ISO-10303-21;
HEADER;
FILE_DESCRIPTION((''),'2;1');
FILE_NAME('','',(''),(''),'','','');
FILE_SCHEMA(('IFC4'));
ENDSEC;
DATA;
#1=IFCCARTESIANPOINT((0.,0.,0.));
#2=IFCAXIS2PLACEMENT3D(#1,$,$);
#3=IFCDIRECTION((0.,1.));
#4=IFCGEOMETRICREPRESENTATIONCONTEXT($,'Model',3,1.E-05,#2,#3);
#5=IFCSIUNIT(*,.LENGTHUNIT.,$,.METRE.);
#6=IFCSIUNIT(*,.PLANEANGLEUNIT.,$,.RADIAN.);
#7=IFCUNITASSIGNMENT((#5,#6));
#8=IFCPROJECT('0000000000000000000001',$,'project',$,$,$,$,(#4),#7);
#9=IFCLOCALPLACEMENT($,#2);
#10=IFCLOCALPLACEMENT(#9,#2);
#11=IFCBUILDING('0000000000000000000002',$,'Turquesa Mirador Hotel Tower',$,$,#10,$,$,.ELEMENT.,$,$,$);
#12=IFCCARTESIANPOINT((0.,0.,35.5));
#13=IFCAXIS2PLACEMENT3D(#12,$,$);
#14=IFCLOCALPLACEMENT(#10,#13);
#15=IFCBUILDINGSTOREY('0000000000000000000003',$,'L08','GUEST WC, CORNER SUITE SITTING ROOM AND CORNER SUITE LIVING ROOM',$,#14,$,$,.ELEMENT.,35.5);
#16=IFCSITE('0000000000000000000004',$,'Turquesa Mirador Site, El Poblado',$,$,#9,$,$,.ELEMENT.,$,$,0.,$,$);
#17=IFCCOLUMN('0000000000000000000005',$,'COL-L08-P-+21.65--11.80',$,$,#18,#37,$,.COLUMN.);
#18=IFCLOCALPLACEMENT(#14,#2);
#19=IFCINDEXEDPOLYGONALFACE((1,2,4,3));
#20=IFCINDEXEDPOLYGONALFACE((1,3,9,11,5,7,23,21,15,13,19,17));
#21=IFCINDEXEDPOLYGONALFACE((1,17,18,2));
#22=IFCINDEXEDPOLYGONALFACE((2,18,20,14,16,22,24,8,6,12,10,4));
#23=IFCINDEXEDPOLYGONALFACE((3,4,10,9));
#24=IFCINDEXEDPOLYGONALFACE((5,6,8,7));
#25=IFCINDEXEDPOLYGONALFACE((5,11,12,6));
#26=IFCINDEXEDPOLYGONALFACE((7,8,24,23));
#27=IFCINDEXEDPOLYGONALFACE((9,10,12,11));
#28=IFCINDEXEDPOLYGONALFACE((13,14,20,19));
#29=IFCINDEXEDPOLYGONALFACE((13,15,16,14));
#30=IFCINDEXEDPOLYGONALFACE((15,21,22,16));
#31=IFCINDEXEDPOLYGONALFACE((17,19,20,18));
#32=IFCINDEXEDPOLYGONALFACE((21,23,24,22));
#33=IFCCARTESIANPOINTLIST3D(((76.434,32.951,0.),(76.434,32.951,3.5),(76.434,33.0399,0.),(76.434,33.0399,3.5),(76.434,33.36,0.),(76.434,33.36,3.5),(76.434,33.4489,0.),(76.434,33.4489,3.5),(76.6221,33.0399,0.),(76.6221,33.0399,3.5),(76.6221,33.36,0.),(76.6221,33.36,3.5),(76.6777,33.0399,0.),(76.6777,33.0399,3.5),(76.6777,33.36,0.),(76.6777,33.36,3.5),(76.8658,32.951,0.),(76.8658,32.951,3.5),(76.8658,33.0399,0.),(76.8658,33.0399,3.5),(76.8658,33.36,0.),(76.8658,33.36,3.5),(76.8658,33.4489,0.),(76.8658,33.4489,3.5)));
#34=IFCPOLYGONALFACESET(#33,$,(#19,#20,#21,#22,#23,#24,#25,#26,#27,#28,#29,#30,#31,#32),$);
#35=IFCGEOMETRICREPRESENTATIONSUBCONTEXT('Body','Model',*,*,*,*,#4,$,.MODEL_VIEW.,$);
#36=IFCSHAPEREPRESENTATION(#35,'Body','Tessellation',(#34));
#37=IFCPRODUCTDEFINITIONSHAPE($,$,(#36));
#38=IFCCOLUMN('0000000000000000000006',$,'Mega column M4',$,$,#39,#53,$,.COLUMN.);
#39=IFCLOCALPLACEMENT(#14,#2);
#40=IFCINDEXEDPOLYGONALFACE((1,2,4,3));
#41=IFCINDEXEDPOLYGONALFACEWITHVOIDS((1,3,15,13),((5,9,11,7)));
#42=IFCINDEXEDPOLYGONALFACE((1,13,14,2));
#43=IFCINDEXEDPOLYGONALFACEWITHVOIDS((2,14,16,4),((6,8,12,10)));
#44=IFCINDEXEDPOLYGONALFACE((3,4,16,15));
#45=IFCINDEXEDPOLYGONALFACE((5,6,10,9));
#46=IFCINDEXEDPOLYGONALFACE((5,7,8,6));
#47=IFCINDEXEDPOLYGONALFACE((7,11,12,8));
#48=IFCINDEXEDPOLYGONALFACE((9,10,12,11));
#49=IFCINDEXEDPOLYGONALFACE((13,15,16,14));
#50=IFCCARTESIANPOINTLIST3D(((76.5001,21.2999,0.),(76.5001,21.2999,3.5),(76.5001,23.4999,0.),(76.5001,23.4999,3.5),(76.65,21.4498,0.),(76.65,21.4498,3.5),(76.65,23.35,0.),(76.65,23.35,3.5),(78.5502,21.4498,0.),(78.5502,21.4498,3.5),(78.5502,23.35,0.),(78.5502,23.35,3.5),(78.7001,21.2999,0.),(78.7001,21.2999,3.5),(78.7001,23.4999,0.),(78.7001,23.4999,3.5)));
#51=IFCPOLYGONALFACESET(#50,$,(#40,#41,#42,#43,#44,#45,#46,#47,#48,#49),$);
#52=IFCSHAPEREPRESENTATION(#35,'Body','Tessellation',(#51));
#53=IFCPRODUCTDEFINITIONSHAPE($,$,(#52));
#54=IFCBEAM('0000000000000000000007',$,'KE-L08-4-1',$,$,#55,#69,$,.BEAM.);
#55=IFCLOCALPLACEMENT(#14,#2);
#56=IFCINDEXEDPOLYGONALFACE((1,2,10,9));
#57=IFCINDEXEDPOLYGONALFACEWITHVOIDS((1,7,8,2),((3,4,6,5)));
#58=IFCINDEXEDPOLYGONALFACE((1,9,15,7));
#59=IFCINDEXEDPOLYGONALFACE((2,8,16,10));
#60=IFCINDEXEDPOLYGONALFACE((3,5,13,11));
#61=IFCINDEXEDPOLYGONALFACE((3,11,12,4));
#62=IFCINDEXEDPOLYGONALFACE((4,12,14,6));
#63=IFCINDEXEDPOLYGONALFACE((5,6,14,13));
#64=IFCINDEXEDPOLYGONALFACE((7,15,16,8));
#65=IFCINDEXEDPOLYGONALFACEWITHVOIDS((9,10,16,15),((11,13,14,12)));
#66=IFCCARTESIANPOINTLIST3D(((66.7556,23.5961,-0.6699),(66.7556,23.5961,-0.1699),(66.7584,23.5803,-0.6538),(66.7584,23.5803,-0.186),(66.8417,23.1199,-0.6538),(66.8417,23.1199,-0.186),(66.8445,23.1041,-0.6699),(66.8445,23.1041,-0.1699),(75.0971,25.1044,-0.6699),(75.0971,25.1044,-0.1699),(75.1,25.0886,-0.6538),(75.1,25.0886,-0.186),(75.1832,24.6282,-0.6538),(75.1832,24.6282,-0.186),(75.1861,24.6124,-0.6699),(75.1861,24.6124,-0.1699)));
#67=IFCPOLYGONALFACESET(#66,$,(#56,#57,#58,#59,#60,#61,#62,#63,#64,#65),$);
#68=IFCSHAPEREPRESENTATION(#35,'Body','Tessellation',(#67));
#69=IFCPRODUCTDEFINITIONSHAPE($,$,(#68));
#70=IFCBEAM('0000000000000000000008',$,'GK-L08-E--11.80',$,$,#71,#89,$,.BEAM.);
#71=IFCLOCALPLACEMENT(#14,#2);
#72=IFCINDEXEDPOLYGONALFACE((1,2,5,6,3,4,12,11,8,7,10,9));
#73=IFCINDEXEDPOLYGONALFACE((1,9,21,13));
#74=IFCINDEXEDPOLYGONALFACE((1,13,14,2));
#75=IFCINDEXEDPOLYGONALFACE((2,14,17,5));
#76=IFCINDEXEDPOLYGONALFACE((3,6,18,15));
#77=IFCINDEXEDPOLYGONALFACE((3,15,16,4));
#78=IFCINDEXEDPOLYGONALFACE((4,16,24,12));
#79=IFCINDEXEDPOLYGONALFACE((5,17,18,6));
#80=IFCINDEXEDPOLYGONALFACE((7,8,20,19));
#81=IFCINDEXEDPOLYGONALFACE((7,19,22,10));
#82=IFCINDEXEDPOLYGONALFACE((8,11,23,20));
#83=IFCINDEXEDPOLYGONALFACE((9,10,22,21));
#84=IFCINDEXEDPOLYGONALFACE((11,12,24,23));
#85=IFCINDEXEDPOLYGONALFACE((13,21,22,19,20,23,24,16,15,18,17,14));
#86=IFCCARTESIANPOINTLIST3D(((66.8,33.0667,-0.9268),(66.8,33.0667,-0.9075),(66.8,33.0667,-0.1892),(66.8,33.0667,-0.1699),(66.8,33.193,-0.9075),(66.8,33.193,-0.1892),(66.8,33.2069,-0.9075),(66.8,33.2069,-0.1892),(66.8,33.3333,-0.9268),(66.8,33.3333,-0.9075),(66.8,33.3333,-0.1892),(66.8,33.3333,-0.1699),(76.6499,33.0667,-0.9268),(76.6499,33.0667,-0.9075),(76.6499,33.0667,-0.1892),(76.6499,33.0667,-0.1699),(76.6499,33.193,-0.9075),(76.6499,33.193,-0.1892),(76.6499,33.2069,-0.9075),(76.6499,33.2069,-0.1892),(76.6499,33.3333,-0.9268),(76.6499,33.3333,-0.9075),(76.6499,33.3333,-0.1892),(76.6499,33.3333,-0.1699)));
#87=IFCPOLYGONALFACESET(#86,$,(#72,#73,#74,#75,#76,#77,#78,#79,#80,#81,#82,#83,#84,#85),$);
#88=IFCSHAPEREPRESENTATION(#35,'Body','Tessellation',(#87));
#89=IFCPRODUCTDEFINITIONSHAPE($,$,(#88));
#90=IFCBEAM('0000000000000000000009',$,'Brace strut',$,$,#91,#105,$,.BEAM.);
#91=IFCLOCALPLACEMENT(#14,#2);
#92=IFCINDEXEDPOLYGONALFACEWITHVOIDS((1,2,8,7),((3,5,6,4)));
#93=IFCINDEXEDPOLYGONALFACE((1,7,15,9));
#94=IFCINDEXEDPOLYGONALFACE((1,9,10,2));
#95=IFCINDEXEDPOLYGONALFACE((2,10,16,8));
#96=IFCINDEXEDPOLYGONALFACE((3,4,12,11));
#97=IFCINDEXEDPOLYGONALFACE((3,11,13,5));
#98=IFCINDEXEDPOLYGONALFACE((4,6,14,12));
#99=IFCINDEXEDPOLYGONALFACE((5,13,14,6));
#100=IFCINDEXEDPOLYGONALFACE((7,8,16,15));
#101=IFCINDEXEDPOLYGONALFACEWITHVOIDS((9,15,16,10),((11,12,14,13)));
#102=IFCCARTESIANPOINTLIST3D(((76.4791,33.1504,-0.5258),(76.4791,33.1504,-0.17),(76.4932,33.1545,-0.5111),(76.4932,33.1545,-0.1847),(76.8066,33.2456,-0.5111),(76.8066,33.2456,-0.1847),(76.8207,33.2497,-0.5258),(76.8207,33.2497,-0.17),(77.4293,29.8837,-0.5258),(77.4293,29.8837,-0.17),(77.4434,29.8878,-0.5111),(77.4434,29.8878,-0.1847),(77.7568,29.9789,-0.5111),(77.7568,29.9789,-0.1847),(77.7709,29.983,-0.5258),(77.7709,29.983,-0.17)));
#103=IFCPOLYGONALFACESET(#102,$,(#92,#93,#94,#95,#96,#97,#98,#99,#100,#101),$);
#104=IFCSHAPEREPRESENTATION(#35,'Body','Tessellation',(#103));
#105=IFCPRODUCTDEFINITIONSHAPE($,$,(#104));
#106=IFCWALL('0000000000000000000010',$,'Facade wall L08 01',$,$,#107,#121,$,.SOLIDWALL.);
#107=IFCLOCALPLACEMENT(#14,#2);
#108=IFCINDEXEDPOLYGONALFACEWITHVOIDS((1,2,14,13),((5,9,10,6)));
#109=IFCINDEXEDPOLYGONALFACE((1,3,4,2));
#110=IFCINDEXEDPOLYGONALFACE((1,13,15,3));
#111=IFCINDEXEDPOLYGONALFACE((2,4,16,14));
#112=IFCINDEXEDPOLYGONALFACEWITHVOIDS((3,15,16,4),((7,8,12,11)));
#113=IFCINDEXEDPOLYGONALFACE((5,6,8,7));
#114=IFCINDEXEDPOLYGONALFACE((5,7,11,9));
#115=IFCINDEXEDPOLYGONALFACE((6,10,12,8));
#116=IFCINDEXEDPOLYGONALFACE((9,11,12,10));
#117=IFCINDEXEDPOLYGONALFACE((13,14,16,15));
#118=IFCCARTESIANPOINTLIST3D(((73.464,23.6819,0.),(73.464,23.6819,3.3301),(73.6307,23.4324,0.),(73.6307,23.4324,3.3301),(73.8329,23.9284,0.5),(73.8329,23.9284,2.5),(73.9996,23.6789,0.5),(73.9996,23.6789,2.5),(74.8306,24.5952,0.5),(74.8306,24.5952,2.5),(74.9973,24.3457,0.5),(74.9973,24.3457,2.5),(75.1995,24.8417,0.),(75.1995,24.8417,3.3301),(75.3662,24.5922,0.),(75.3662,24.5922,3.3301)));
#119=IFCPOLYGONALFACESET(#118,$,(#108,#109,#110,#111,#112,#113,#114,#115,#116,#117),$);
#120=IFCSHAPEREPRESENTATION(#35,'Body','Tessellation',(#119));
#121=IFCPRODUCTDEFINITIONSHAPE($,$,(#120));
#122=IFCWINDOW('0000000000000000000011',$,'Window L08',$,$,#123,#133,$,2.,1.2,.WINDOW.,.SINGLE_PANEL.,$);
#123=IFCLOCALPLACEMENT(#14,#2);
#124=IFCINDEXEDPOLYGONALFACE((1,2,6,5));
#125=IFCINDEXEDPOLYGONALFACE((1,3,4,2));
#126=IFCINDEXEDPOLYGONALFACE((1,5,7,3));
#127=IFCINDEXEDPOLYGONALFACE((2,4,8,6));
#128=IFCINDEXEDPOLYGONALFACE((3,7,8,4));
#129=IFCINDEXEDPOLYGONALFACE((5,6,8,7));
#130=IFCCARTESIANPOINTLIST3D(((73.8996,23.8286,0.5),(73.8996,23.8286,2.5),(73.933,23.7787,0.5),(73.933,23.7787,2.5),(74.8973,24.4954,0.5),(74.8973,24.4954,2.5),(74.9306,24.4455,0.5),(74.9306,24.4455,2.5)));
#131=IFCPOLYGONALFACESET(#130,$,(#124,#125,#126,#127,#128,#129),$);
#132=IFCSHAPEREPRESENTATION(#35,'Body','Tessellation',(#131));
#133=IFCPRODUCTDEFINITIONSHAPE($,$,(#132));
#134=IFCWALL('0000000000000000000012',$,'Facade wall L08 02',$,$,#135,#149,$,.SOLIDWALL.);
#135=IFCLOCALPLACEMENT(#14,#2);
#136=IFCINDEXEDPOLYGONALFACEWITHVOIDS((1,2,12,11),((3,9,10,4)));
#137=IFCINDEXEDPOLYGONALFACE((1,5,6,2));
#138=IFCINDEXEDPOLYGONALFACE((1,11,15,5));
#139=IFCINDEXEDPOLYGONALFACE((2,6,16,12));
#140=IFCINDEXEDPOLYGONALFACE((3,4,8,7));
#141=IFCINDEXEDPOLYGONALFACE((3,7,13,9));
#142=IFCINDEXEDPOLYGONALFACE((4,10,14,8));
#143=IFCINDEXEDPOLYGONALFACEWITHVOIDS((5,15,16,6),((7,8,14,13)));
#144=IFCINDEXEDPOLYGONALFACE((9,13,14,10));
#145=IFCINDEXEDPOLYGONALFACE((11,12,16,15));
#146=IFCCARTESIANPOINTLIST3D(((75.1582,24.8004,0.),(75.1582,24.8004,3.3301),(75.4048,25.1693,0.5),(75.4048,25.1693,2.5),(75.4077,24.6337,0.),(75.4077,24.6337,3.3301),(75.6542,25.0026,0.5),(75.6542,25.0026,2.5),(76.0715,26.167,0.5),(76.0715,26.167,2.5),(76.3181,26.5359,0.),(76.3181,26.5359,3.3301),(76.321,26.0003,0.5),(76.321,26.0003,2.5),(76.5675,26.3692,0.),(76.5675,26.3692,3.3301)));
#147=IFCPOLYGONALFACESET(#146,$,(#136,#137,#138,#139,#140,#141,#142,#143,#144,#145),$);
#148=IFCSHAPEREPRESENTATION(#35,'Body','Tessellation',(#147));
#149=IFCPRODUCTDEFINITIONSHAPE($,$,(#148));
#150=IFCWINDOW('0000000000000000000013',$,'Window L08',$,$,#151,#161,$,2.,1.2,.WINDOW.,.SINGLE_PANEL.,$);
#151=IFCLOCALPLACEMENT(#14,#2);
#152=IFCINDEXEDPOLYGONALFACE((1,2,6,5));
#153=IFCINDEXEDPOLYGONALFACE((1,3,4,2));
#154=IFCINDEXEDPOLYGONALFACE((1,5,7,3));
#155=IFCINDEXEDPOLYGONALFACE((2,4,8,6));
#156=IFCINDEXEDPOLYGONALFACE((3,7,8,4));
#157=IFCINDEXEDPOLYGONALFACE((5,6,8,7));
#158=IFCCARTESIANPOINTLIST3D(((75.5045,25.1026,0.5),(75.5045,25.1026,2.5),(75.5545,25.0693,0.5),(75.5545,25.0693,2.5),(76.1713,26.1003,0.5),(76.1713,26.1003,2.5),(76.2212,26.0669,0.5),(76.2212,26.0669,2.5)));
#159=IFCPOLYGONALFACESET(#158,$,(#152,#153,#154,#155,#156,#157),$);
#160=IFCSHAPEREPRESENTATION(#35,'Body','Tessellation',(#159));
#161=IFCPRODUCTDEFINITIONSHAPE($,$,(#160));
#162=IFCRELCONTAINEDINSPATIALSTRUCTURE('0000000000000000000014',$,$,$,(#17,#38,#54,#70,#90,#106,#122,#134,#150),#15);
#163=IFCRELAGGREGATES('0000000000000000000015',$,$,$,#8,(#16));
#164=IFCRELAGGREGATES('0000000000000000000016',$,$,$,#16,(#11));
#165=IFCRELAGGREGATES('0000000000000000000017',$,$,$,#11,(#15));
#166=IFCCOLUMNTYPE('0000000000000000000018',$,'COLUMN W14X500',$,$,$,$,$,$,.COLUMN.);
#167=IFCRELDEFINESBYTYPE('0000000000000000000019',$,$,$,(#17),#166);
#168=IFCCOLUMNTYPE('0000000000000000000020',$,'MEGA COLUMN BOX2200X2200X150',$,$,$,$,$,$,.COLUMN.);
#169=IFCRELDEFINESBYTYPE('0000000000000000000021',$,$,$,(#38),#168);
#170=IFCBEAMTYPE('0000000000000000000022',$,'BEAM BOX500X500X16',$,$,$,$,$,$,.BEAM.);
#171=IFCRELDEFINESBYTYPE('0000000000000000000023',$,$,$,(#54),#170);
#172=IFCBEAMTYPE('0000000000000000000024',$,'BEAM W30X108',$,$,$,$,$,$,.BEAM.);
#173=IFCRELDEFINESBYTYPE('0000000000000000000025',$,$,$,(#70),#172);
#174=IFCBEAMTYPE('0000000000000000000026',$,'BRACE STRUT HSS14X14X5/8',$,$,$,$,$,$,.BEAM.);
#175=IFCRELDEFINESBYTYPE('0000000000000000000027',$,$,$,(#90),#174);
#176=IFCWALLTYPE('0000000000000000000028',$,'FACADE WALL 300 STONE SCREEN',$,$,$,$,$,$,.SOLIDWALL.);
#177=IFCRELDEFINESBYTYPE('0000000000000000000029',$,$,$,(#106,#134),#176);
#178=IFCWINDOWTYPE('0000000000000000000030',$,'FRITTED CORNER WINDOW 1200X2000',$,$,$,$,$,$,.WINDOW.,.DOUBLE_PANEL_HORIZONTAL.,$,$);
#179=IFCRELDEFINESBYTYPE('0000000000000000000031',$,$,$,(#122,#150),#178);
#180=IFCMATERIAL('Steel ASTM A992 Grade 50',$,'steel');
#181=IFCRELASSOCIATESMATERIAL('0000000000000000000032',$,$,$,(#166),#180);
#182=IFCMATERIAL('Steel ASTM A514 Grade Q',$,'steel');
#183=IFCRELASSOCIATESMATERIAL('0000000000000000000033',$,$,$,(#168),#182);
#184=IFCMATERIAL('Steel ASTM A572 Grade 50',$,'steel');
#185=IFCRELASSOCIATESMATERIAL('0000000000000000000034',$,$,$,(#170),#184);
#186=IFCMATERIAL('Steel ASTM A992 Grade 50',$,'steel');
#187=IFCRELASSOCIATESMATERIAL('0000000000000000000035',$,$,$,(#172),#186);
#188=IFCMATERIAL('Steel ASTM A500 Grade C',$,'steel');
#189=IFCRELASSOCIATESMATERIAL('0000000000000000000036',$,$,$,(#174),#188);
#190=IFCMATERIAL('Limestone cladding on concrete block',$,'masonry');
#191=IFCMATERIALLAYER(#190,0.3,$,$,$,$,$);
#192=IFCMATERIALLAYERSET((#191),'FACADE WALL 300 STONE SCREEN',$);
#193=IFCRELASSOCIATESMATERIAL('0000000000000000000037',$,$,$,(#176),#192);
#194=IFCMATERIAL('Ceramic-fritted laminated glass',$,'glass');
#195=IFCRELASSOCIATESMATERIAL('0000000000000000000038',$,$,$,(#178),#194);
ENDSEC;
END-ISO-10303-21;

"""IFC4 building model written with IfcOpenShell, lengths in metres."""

from ifc_helpers import new_model, si_unit, direction, frame, frame_2d, origin, origin_2d, place, context, subcontext, project, spatial, rectangle, hollow_rectangle, i_section, extrude, material, layer, layer_set, material_profile, profile_set, type_object, element, fill, save


model = new_model("IFC4")

# Units and contexts
model_context = context("Model", 3, precision=1e-05, world=origin(), true_north=direction((0.0, 1.0)))
body_context = subcontext(model_context, "Body", "Model", "MODEL_VIEW")
ifc_project = project(units=[si_unit("LENGTHUNIT", "METRE"), si_unit("PLANEANGLEUNIT", "RADIAN")], contexts=[model_context])

# Site, building, storey
site_placement = place(None, origin())
site = spatial("IfcSite", under=ifc_project, at=site_placement, Name="Turquesa Mirador Site, El Poblado", CompositionType="ELEMENT", RefElevation=0.0)
building_placement = place(site_placement, origin())
building = spatial("IfcBuilding", under=site, at=building_placement, Name="Turquesa Mirador Hotel Tower", CompositionType="ELEMENT")
storey_placement = place(building_placement, frame((0.0, 0.0, 35.5)))
storey = spatial("IfcBuildingStorey", under=building, at=storey_placement, Name="L08", Description="GUEST WC, CORNER SUITE SITTING ROOM AND CORNER SUITE LIVING ROOM", CompositionType="ELEMENT", Elevation=35.5)

# Columns
ifc_material_1 = material(Name="Steel ASTM A992 Grade 50", Category="steel")
ifc_material_profile_1 = material_profile(ifc_material_1, i_section(OverallWidth=0.4319, OverallDepth=0.4978, WebThickness=0.0557, FlangeThickness=0.0889, at=origin_2d()), Name="W14X500")
ifc_profile_set_1 = profile_set([ifc_material_profile_1], Name="Steel ASTM A992 Grade 50")
column_type_1 = type_object("IfcColumnType", Name="COLUMN W14X500", PredefinedType="COLUMN", material=ifc_profile_set_1)
column_1_placement = place(storey_placement, frame((76.6499, 33.2, 0.0), z_axis=(0.0, 0.0, 1.0), x_axis=(1.0, 0.0, 0.0)))
element("IfcColumn", 1, at=column_1_placement, inside=storey, type_object=column_type_1, Name="COL-L08-P-+21.65--11.80", PredefinedType="COLUMN", context=body_context, shape_type="SweptSolid", body=[
    extrude(i_section(OverallWidth=0.4319, OverallDepth=0.4978, WebThickness=0.0557, FlangeThickness=0.0889, at=origin_2d()), origin(), (0.0, 0.0, 1.0), 3.5),
])
ifc_material_2 = material(Name="Steel ASTM A514 Grade Q", Category="steel")
ifc_material_profile_2 = material_profile(ifc_material_2, hollow_rectangle(XDim=2.2, YDim=2.2, WallThickness=0.1499, at=origin_2d()), Name="BOX2200X2200X150")
ifc_profile_set_2 = profile_set([ifc_material_profile_2], Name="Steel ASTM A514 Grade Q")
column_type_2 = type_object("IfcColumnType", Name="MEGA COLUMN BOX2200X2200X150", PredefinedType="COLUMN", material=ifc_profile_set_2)
column_2_placement = place(storey_placement, frame((77.6001, 22.3999, 0.0), z_axis=(0.0, 0.0, 1.0), x_axis=(1.0, 0.0, 0.0)))
element("IfcColumn", 2, at=column_2_placement, inside=storey, type_object=column_type_2, Name="Mega column M4", PredefinedType="COLUMN", context=body_context, shape_type="SweptSolid", body=[
    extrude(hollow_rectangle(XDim=2.2, YDim=2.2, WallThickness=0.1499, at=origin_2d()), origin(), (0.0, 0.0, 1.0), 3.5),
])

# Beams
ifc_material_3 = material(Name="Steel ASTM A572 Grade 50", Category="steel")
ifc_material_profile_3 = material_profile(ifc_material_3, hollow_rectangle(XDim=0.5, YDim=0.5, WallThickness=0.0161, at=origin_2d()), Name="BOX500X500X16")
ifc_profile_set_3 = profile_set([ifc_material_profile_3], Name="Steel ASTM A572 Grade 50")
beam_type_1 = type_object("IfcBeamType", Name="BEAM BOX500X500X16", PredefinedType="BEAM", material=ifc_profile_set_3)
beam_1_placement = place(storey_placement, frame((75.1416, 24.8584, -0.4199), z_axis=(-0.984043, -0.177932, 0.0), x_axis=(0.177932, -0.984043, 0.0)))
element("IfcBeam", 3, at=beam_1_placement, inside=storey, type_object=beam_type_1, Name="KE-L08-4-1", PredefinedType="BEAM", context=body_context, shape_type="SweptSolid", body=[
    extrude(hollow_rectangle(XDim=0.5, YDim=0.5, WallThickness=0.0161, at=origin_2d()), origin(), (0.0, 0.0, 1.0), 8.4768),
])
ifc_material_4 = material(Name="Steel ASTM A992 Grade 50", Category="steel")
ifc_material_profile_4 = material_profile(ifc_material_4, i_section(OverallWidth=0.2666, OverallDepth=0.7568, WebThickness=0.0139, FlangeThickness=0.0193, at=origin_2d()), Name="W30X108")
ifc_profile_set_4 = profile_set([ifc_material_profile_4], Name="Steel ASTM A992 Grade 50")
beam_type_2 = type_object("IfcBeamType", Name="BEAM W30X108", PredefinedType="BEAM", material=ifc_profile_set_4)
beam_2_placement = place(storey_placement, frame((76.6499, 33.2, -0.5483), z_axis=(-1.0, 0.0, 0.0), x_axis=(0.0, -1.0, 0.0)))
element("IfcBeam", 4, at=beam_2_placement, inside=storey, type_object=beam_type_2, Name="GK-L08-E--11.80", PredefinedType="BEAM", context=body_context, shape_type="SweptSolid", body=[
    extrude(i_section(OverallWidth=0.2666, OverallDepth=0.7568, WebThickness=0.0139, FlangeThickness=0.0193, at=origin_2d()), origin(), (0.0, 0.0, 1.0), 9.8499),
])
ifc_material_5 = material(Name="Steel ASTM A500 Grade C", Category="steel")
ifc_material_profile_5 = material_profile(ifc_material_5, hollow_rectangle(XDim=0.3557, YDim=0.3557, WallThickness=0.0146, at=origin_2d()), Name="HSS14X14X5/8")
ifc_profile_set_5 = profile_set([ifc_material_profile_5], Name="Steel ASTM A500 Grade C")
beam_type_3 = type_object("IfcBeamType", Name="BRACE STRUT HSS14X14X5/8", PredefinedType="BEAM", material=ifc_profile_set_5)
beam_3_placement = place(storey_placement, frame((77.6001, 29.9333, -0.3479), z_axis=(-0.279305, 0.960202, 0.0), x_axis=(-0.960202, -0.279305, 0.0)))
element("IfcBeam", 5, at=beam_3_placement, inside=storey, type_object=beam_type_3, Name="Brace strut", PredefinedType="BEAM", context=body_context, shape_type="SweptSolid", body=[
    extrude(hollow_rectangle(XDim=0.3557, YDim=0.3557, WallThickness=0.0146, at=origin_2d()), origin(), (0.0, 0.0, 1.0), 3.4021),
])

# Walls, openings, windows
ifc_material_6 = material(Name="Limestone cladding on concrete block", Category="masonry")
ifc_layer = layer(ifc_material_6, 0.3)
ifc_layer_set = layer_set([ifc_layer], Name="FACADE WALL 300 STONE SCREEN")
wall_type = type_object("IfcWallType", Name="FACADE WALL 300 STONE SCREEN", PredefinedType="SOLIDWALL", material=ifc_layer_set)
wall_1_placement = place(storey_placement, frame((73.5474, 23.5571, 0.0), z_axis=(0.0, 0.0, 1.0), x_axis=(0.83142, 0.555644, 0.0)))
wall_1 = element("IfcWall", 6, at=wall_1_placement, inside=storey, type_object=wall_type, Name="Facade wall L08 01", PredefinedType="SOLIDWALL", context=body_context, shape_type="SweptSolid", body=[
    extrude(rectangle(XDim=2.0874, YDim=0.3, at=frame_2d((1.0437, 0.0))), origin(), (0.0, 0.0, 1.0), 3.3301),
])
opening_1_placement = place(wall_1_placement, frame((0.4436, 0.0, 0.5)))
opening_1 = element("IfcOpeningElement", 7, at=opening_1_placement, cuts=wall_1, PredefinedType="OPENING", context=body_context, shape_type="SweptSolid", body=[
    extrude(rectangle(XDim=1.2, YDim=2.0, at=frame_2d((0.6001, 1.0))), frame((0.0, 0.1599, 0.0), z_axis=(0.0, -1.0, 0.0), x_axis=(1.0, 0.0, 0.0)), (0.0, 0.0, 1.0), 0.3201),
])
ifc_material_7 = material(Name="Ceramic-fritted laminated glass", Category="glass")
window_type_1 = type_object("IfcWindowType", Name="FRITTED CORNER WINDOW 1200X2000", PartitioningType="DOUBLE_PANEL_HORIZONTAL", PredefinedType="WINDOW", material=ifc_material_7)
window_1_placement = place(opening_1_placement, origin())
window_1 = element("IfcWindow", 8, at=window_1_placement, inside=storey, type_object=window_type_1, Name="Window L08", OverallHeight=2.0, OverallWidth=1.2, PartitioningType="SINGLE_PANEL", PredefinedType="WINDOW", context=body_context, shape_type="SweptSolid", body=[
    extrude(rectangle(XDim=1.2, YDim=2.0, at=frame_2d((0.6001, 1.0))), frame((0.0, 0.03, 0.0), z_axis=(0.0, -1.0, 0.0), x_axis=(1.0, 0.0, 0.0)), (0.0, 0.0, 1.0), 0.0601),
])
fill(opening_1, window_1)
wall_2_placement = place(storey_placement, frame((75.283, 24.717, 0.0), z_axis=(0.0, 0.0, 1.0), x_axis=(0.555644, 0.83142, 0.0)))
wall_2 = element("IfcWall", 9, at=wall_2_placement, inside=storey, type_object=wall_type, Name="Facade wall L08 02", PredefinedType="SOLIDWALL", context=body_context, shape_type="SweptSolid", body=[
    extrude(rectangle(XDim=2.0874, YDim=0.3, at=frame_2d((1.0437, 0.0))), origin(), (0.0, 0.0, 1.0), 3.3301),
])
opening_2_placement = place(wall_2_placement, frame((0.4436, 0.0, 0.5)))
opening_2 = element("IfcOpeningElement", 10, at=opening_2_placement, cuts=wall_2, PredefinedType="OPENING", context=body_context, shape_type="SweptSolid", body=[
    extrude(rectangle(XDim=1.2, YDim=2.0, at=frame_2d((0.6001, 1.0))), frame((0.0, 0.1599, 0.0), z_axis=(0.0, -1.0, 0.0), x_axis=(1.0, 0.0, 0.0)), (0.0, 0.0, 1.0), 0.3201),
])
window_2_placement = place(opening_2_placement, origin())
window_2 = element("IfcWindow", 11, at=window_2_placement, inside=storey, type_object=window_type_1, Name="Window L08", OverallHeight=2.0, OverallWidth=1.2, PartitioningType="SINGLE_PANEL", PredefinedType="WINDOW", context=body_context, shape_type="SweptSolid", body=[
    extrude(rectangle(XDim=1.2, YDim=2.0, at=frame_2d((0.6001, 1.0))), frame((0.0, 0.03, 0.0), z_axis=(0.0, -1.0, 0.0), x_axis=(1.0, 0.0, 0.0)), (0.0, 0.0, 1.0), 0.0601),
])
fill(opening_2, window_2)

save(model, "model.ifc")
